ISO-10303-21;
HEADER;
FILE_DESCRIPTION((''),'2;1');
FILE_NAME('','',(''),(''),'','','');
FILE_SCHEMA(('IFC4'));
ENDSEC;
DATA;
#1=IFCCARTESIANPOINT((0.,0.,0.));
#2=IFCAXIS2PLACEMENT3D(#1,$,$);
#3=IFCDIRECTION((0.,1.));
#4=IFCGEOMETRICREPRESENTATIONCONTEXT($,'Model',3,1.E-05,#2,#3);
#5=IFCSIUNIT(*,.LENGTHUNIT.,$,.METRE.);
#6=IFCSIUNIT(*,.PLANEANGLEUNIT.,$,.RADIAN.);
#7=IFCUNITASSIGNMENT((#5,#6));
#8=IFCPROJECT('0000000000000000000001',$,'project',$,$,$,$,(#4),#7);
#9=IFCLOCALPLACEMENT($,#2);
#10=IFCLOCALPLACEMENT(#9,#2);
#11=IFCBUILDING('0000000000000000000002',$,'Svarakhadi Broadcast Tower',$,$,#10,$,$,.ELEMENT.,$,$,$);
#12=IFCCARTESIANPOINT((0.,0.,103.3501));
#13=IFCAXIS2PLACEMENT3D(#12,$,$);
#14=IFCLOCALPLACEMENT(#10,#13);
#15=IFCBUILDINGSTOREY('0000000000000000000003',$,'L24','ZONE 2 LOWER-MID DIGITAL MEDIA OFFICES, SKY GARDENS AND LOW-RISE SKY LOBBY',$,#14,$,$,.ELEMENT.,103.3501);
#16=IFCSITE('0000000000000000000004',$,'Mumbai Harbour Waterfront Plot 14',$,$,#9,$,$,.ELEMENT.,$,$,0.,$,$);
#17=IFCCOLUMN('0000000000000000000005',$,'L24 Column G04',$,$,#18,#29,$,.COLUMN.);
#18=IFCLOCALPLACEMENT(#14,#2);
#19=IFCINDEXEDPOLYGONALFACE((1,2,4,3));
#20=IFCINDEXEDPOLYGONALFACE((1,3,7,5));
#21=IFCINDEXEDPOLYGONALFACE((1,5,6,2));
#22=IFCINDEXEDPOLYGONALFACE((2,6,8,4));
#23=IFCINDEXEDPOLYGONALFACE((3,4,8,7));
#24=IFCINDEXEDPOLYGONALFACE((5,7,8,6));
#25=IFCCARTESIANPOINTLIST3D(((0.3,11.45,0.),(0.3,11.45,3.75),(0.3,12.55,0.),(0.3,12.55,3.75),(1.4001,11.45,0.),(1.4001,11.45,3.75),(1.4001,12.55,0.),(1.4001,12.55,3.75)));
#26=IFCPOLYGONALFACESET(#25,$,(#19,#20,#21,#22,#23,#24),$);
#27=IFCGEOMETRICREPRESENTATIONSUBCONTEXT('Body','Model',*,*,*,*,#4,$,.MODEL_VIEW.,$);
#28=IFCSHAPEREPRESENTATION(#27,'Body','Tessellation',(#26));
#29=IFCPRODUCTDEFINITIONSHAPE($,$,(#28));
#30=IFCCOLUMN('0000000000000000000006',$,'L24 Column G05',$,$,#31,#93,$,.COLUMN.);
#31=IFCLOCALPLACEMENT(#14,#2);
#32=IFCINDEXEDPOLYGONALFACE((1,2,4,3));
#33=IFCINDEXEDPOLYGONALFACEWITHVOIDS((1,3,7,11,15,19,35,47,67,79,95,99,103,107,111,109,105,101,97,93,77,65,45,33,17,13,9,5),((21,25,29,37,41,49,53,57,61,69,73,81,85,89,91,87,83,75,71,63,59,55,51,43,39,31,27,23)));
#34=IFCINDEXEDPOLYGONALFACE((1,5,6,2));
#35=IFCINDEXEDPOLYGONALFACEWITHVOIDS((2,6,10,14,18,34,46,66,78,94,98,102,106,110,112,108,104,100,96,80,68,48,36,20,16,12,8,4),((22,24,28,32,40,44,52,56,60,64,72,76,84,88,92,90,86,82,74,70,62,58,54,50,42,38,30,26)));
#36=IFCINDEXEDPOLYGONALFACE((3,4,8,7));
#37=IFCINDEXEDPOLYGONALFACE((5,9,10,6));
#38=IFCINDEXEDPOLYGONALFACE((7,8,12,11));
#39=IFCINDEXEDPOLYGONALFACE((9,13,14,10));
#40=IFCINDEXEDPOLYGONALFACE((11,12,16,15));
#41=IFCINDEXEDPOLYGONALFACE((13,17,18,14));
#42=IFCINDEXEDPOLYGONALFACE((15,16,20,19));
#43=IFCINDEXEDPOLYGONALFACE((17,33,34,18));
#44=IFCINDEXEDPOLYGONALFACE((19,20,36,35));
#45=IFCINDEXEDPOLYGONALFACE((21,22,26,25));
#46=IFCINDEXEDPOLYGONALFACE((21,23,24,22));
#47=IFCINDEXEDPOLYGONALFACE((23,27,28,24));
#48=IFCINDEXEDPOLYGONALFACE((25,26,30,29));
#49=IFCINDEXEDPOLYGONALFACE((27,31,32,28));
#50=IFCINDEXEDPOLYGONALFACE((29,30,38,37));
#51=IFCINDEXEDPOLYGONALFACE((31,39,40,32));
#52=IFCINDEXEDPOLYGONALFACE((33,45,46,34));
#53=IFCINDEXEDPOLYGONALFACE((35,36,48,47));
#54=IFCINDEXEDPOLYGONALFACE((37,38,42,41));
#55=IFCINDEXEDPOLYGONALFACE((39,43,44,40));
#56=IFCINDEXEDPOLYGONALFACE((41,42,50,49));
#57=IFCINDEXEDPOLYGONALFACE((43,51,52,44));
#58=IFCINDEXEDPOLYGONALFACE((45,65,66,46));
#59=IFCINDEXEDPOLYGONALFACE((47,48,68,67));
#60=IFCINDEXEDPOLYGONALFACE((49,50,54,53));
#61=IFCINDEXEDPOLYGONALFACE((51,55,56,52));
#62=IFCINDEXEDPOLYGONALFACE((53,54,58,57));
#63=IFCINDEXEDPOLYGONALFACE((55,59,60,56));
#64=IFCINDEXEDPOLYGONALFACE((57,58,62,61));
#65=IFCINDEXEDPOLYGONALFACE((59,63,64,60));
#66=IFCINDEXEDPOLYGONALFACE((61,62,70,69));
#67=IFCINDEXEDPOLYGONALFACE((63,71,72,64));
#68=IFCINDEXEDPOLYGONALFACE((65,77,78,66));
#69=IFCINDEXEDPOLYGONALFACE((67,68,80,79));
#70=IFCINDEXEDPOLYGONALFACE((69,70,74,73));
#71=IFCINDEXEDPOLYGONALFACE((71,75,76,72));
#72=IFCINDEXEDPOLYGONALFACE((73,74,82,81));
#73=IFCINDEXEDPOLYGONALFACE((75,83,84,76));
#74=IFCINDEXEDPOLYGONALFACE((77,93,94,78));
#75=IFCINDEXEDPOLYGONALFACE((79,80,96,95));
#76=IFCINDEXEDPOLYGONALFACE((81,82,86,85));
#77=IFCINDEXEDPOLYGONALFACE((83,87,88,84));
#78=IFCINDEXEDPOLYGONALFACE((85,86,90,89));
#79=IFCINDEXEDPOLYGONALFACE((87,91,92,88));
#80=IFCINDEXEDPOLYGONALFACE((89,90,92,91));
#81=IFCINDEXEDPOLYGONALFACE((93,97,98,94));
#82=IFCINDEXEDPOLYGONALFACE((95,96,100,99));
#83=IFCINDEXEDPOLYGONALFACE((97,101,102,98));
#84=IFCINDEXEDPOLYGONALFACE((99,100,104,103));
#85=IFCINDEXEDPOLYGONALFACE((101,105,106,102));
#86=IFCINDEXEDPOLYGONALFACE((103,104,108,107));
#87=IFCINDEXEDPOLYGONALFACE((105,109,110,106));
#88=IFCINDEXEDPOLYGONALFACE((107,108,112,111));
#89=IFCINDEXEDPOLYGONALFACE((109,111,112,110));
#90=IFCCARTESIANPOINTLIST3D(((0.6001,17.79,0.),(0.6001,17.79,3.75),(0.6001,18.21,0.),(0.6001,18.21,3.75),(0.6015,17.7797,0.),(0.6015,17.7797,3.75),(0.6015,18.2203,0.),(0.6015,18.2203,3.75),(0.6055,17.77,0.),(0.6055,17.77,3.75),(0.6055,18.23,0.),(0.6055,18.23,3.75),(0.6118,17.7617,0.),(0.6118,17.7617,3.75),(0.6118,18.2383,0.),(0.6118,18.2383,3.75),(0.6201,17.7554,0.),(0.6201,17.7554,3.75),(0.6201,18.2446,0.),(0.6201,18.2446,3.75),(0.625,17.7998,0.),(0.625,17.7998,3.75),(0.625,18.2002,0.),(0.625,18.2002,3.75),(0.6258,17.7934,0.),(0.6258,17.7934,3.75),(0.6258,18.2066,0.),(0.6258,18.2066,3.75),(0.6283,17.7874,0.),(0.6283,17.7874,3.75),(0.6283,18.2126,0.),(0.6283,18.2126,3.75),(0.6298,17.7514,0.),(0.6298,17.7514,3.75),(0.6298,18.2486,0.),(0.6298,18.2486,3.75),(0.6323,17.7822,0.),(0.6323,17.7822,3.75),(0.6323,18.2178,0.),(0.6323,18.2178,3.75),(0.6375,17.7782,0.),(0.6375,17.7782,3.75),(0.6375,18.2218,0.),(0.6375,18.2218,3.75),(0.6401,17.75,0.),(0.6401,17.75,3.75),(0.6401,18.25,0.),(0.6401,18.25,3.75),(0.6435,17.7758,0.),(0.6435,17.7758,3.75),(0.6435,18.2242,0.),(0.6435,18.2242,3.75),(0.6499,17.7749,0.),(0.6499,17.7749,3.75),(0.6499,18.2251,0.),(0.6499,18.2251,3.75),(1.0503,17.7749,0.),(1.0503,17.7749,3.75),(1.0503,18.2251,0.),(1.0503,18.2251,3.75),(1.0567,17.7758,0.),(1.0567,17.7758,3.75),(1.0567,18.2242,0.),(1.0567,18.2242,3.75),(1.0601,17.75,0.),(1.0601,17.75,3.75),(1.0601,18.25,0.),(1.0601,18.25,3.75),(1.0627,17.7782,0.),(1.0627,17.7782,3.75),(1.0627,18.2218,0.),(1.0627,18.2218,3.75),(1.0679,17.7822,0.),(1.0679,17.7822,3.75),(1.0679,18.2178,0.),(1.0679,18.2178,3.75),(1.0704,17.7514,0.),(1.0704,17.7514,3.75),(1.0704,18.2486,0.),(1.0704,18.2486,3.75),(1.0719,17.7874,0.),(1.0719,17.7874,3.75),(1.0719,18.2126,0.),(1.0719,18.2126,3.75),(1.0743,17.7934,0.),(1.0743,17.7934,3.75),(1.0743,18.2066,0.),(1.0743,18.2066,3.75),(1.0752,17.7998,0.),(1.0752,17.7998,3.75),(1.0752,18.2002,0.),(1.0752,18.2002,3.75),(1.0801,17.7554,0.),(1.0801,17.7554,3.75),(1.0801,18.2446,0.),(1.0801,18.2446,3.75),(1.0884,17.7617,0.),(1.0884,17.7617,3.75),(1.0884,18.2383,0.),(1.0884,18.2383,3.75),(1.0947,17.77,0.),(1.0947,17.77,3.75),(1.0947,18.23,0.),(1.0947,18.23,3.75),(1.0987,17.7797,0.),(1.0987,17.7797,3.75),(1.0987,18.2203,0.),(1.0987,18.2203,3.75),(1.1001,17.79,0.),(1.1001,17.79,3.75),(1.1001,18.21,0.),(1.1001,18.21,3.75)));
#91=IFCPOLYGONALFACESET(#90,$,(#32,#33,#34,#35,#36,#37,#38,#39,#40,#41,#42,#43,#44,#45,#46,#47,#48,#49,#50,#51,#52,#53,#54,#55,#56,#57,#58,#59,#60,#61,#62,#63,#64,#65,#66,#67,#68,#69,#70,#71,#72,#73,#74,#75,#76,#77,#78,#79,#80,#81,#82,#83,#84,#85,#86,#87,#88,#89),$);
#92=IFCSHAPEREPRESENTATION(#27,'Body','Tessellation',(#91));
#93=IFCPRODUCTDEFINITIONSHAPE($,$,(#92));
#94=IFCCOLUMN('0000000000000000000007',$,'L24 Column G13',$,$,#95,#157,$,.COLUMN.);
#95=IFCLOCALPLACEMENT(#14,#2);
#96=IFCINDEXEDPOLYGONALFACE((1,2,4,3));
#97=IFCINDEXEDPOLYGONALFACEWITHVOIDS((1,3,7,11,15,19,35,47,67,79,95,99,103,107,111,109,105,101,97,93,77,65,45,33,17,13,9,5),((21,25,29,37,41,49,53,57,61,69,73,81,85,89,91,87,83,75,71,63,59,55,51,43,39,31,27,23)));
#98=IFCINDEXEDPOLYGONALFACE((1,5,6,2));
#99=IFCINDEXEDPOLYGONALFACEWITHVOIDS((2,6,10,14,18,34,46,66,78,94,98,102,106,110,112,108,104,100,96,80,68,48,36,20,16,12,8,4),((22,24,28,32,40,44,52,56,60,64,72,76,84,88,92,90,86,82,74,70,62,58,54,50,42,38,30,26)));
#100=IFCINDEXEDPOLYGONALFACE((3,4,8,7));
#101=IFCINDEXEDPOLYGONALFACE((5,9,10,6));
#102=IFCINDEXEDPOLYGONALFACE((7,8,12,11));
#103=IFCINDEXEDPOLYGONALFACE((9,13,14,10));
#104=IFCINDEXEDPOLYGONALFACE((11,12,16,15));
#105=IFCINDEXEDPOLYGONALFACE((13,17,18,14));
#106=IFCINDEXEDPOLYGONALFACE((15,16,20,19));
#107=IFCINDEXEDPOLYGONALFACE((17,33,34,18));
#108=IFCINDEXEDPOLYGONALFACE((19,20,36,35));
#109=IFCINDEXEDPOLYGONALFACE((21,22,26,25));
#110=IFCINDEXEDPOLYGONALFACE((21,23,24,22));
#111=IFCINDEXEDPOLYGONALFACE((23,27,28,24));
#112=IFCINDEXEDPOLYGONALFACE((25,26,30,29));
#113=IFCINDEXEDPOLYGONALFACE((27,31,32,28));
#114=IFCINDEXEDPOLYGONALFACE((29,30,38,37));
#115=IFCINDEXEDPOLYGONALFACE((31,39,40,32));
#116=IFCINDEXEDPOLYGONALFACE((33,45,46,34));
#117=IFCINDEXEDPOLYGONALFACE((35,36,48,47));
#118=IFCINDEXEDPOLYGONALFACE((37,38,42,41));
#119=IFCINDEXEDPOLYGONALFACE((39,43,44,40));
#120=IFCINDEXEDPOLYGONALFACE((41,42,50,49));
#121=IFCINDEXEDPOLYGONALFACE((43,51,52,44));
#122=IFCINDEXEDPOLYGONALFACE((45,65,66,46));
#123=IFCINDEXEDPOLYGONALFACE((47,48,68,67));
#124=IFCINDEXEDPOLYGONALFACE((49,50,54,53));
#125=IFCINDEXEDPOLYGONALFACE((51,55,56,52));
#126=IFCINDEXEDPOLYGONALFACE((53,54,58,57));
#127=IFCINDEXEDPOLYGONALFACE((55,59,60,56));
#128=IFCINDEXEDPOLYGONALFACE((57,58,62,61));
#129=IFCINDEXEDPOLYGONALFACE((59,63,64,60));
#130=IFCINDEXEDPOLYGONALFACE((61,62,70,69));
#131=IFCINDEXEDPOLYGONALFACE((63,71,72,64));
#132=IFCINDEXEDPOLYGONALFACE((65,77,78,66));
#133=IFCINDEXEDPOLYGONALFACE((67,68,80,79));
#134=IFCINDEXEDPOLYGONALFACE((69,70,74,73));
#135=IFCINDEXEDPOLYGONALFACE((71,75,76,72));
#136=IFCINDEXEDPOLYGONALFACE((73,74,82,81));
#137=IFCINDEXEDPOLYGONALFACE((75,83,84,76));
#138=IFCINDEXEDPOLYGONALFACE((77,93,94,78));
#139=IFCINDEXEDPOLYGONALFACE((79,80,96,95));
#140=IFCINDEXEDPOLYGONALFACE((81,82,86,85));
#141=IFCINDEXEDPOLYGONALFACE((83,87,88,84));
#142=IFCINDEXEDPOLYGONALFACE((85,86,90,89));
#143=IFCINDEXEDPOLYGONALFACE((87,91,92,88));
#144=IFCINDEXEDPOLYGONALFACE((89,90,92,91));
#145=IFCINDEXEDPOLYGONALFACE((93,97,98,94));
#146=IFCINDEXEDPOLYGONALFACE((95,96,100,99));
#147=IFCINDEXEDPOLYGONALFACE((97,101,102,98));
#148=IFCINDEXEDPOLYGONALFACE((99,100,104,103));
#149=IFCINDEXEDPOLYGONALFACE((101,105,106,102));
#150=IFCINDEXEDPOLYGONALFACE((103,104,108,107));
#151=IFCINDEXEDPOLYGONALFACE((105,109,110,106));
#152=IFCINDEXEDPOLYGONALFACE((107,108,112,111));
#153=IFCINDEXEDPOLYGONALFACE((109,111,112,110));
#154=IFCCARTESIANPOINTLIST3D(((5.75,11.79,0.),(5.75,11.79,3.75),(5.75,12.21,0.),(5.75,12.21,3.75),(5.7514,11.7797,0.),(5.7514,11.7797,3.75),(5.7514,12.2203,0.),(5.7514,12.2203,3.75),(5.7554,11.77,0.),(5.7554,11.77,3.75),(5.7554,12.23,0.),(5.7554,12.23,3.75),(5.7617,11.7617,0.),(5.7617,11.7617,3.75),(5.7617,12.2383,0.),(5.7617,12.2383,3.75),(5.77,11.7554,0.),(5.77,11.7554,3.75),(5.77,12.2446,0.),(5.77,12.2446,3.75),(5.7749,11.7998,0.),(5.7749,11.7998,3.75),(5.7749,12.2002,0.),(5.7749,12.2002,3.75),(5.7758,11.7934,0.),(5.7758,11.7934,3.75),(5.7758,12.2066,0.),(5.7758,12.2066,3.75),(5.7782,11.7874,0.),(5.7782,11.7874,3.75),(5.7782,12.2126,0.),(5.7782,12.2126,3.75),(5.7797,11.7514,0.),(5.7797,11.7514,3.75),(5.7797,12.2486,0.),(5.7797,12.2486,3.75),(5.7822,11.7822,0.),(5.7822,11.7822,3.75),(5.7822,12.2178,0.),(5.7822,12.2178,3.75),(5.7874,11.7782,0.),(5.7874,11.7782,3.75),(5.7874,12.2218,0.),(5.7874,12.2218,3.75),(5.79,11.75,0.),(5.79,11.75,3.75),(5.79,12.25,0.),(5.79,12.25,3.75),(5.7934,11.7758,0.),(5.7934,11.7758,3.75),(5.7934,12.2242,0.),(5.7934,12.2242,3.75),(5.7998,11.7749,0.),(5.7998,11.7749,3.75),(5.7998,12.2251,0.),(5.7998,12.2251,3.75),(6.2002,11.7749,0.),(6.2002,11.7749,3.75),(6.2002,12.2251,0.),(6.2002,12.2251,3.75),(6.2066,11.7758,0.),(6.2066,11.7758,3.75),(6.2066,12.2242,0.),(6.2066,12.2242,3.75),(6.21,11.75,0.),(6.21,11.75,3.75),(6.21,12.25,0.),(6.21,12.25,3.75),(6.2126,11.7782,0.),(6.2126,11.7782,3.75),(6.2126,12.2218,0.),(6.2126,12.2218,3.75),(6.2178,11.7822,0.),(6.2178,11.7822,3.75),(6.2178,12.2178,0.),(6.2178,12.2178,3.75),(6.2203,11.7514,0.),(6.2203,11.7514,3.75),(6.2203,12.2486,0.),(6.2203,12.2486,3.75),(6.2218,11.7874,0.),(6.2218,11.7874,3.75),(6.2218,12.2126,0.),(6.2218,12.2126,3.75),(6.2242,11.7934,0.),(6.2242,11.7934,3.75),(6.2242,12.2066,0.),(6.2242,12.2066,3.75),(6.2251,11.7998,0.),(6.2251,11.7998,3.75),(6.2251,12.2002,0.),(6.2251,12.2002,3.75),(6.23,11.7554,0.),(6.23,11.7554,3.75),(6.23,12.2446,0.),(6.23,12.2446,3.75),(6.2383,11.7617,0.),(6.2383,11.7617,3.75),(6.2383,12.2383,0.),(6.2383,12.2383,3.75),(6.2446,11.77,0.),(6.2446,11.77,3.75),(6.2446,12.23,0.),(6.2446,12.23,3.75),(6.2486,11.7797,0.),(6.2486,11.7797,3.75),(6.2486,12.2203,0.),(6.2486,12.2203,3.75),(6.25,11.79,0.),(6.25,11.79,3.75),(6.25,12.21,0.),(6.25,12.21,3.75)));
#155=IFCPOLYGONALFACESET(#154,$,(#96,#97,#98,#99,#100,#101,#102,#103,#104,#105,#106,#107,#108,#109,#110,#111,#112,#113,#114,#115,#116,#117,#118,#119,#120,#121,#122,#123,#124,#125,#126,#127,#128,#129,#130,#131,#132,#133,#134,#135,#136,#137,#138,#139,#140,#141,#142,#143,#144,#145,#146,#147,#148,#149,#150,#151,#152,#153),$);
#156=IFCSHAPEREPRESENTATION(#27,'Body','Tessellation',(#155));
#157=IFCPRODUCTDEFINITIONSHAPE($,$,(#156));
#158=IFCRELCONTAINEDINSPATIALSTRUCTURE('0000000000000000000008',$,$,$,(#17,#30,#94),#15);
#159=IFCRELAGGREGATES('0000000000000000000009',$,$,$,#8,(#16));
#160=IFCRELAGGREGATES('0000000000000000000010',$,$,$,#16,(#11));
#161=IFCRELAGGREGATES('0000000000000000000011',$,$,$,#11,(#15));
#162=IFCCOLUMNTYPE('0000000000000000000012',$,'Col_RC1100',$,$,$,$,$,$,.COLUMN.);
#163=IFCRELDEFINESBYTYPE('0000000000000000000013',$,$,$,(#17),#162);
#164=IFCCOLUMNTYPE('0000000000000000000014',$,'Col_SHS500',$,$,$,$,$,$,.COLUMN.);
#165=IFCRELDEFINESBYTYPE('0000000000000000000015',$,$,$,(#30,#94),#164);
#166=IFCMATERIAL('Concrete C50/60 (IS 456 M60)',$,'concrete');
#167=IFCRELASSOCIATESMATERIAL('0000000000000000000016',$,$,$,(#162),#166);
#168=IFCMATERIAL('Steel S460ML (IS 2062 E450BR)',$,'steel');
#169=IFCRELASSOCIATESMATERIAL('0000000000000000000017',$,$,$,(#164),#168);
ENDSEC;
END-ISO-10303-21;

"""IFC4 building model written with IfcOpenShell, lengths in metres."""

from ifc_helpers import new_model, si_unit, direction, frame, origin, origin_2d, place, context, subcontext, project, spatial, rectangle, hollow_rectangle, extrude, material, material_profile, profile_set, type_object, element, save


model = new_model("IFC4")

# Units and contexts
model_context = context("Model", 3, precision=1e-05, world=origin(), true_north=direction((0.0, 1.0)))
body_context = subcontext(model_context, "Body", "Model", "MODEL_VIEW")
ifc_project = project(units=[si_unit("LENGTHUNIT", "METRE"), si_unit("PLANEANGLEUNIT", "RADIAN")], contexts=[model_context])

# Site, building, storey
site_placement = place(None, origin())
site = spatial("IfcSite", under=ifc_project, at=site_placement, Name="Mumbai Harbour Waterfront Plot 14", CompositionType="ELEMENT", RefElevation=0.0)
building_placement = place(site_placement, origin())
building = spatial("IfcBuilding", under=site, at=building_placement, Name="Svarakhadi Broadcast Tower", CompositionType="ELEMENT")
storey_placement = place(building_placement, frame((0.0, 0.0, 103.3501)))
storey = spatial("IfcBuildingStorey", under=building, at=storey_placement, Name="L24", Description="ZONE 2 LOWER-MID DIGITAL MEDIA OFFICES, SKY GARDENS AND LOW-RISE SKY LOBBY", CompositionType="ELEMENT", Elevation=103.3501)

# Columns
ifc_material_1 = material(Name="Concrete C50/60 (IS 456 M60)", Category="concrete")
ifc_material_profile_1 = material_profile(ifc_material_1, rectangle(XDim=1.1001, YDim=1.1001, at=origin_2d()), Name="RC 1100x1100")
ifc_profile_set_1 = profile_set([ifc_material_profile_1], Name="Concrete C50/60 (IS 456 M60)")
column_type_1 = type_object("IfcColumnType", Name="Col_RC1100", PredefinedType="COLUMN", material=ifc_profile_set_1)
column_placement = place(storey_placement, frame((0.8501, 12.0, 0.0), z_axis=(0.0, 0.0, 1.0), x_axis=(1.0, 0.0, 0.0)))
element("IfcColumn", 1, at=column_placement, inside=storey, type_object=column_type_1, Name="L24 Column G04", PredefinedType="COLUMN", context=body_context, shape_type="SweptSolid", body=[
    extrude(rectangle(XDim=1.1001, YDim=1.1001, at=origin_2d()), origin(), (0.0, 0.0, 1.0), 3.75),
])
ifc_material_2 = material(Name="Steel S460ML (IS 2062 E450BR)", Category="steel")
ifc_material_profile_2 = material_profile(ifc_material_2, hollow_rectangle(XDim=0.5, YDim=0.5, WallThickness=0.0249, InnerFilletRadius=0.0249, OuterFilletRadius=0.04, at=origin_2d()), Name="SHS 500x500x25")
ifc_profile_set_2 = profile_set([ifc_material_profile_2], Name="Steel S460ML (IS 2062 E450BR)")
column_type_2 = type_object("IfcColumnType", Name="Col_SHS500", PredefinedType="COLUMN", material=ifc_profile_set_2)
for number, where, z_axis, x_axis, name in (
    (2, (0.8501, 18.0, 0.0), (0.0, 0.0, 1.0), (1.0, 0.0, 0.0), "L24 Column G05"),
    (3, (6.0, 12.0, 0.0), (0.0, 0.0, 1.0), (1.0, 0.0, 0.0), "L24 Column G13"),
):
    element("IfcColumn", number, at=place(storey_placement, frame(where, z_axis=z_axis, x_axis=x_axis)), inside=storey, type_object=column_type_2, Name=name, PredefinedType="COLUMN", context=body_context, shape_type="SweptSolid", body=[
        extrude(hollow_rectangle(XDim=0.5, YDim=0.5, WallThickness=0.0249, InnerFilletRadius=0.0249, OuterFilletRadius=0.04, at=origin_2d()), origin(), (0.0, 0.0, 1.0), 3.75),
    ])

save(model, "model.ifc")
